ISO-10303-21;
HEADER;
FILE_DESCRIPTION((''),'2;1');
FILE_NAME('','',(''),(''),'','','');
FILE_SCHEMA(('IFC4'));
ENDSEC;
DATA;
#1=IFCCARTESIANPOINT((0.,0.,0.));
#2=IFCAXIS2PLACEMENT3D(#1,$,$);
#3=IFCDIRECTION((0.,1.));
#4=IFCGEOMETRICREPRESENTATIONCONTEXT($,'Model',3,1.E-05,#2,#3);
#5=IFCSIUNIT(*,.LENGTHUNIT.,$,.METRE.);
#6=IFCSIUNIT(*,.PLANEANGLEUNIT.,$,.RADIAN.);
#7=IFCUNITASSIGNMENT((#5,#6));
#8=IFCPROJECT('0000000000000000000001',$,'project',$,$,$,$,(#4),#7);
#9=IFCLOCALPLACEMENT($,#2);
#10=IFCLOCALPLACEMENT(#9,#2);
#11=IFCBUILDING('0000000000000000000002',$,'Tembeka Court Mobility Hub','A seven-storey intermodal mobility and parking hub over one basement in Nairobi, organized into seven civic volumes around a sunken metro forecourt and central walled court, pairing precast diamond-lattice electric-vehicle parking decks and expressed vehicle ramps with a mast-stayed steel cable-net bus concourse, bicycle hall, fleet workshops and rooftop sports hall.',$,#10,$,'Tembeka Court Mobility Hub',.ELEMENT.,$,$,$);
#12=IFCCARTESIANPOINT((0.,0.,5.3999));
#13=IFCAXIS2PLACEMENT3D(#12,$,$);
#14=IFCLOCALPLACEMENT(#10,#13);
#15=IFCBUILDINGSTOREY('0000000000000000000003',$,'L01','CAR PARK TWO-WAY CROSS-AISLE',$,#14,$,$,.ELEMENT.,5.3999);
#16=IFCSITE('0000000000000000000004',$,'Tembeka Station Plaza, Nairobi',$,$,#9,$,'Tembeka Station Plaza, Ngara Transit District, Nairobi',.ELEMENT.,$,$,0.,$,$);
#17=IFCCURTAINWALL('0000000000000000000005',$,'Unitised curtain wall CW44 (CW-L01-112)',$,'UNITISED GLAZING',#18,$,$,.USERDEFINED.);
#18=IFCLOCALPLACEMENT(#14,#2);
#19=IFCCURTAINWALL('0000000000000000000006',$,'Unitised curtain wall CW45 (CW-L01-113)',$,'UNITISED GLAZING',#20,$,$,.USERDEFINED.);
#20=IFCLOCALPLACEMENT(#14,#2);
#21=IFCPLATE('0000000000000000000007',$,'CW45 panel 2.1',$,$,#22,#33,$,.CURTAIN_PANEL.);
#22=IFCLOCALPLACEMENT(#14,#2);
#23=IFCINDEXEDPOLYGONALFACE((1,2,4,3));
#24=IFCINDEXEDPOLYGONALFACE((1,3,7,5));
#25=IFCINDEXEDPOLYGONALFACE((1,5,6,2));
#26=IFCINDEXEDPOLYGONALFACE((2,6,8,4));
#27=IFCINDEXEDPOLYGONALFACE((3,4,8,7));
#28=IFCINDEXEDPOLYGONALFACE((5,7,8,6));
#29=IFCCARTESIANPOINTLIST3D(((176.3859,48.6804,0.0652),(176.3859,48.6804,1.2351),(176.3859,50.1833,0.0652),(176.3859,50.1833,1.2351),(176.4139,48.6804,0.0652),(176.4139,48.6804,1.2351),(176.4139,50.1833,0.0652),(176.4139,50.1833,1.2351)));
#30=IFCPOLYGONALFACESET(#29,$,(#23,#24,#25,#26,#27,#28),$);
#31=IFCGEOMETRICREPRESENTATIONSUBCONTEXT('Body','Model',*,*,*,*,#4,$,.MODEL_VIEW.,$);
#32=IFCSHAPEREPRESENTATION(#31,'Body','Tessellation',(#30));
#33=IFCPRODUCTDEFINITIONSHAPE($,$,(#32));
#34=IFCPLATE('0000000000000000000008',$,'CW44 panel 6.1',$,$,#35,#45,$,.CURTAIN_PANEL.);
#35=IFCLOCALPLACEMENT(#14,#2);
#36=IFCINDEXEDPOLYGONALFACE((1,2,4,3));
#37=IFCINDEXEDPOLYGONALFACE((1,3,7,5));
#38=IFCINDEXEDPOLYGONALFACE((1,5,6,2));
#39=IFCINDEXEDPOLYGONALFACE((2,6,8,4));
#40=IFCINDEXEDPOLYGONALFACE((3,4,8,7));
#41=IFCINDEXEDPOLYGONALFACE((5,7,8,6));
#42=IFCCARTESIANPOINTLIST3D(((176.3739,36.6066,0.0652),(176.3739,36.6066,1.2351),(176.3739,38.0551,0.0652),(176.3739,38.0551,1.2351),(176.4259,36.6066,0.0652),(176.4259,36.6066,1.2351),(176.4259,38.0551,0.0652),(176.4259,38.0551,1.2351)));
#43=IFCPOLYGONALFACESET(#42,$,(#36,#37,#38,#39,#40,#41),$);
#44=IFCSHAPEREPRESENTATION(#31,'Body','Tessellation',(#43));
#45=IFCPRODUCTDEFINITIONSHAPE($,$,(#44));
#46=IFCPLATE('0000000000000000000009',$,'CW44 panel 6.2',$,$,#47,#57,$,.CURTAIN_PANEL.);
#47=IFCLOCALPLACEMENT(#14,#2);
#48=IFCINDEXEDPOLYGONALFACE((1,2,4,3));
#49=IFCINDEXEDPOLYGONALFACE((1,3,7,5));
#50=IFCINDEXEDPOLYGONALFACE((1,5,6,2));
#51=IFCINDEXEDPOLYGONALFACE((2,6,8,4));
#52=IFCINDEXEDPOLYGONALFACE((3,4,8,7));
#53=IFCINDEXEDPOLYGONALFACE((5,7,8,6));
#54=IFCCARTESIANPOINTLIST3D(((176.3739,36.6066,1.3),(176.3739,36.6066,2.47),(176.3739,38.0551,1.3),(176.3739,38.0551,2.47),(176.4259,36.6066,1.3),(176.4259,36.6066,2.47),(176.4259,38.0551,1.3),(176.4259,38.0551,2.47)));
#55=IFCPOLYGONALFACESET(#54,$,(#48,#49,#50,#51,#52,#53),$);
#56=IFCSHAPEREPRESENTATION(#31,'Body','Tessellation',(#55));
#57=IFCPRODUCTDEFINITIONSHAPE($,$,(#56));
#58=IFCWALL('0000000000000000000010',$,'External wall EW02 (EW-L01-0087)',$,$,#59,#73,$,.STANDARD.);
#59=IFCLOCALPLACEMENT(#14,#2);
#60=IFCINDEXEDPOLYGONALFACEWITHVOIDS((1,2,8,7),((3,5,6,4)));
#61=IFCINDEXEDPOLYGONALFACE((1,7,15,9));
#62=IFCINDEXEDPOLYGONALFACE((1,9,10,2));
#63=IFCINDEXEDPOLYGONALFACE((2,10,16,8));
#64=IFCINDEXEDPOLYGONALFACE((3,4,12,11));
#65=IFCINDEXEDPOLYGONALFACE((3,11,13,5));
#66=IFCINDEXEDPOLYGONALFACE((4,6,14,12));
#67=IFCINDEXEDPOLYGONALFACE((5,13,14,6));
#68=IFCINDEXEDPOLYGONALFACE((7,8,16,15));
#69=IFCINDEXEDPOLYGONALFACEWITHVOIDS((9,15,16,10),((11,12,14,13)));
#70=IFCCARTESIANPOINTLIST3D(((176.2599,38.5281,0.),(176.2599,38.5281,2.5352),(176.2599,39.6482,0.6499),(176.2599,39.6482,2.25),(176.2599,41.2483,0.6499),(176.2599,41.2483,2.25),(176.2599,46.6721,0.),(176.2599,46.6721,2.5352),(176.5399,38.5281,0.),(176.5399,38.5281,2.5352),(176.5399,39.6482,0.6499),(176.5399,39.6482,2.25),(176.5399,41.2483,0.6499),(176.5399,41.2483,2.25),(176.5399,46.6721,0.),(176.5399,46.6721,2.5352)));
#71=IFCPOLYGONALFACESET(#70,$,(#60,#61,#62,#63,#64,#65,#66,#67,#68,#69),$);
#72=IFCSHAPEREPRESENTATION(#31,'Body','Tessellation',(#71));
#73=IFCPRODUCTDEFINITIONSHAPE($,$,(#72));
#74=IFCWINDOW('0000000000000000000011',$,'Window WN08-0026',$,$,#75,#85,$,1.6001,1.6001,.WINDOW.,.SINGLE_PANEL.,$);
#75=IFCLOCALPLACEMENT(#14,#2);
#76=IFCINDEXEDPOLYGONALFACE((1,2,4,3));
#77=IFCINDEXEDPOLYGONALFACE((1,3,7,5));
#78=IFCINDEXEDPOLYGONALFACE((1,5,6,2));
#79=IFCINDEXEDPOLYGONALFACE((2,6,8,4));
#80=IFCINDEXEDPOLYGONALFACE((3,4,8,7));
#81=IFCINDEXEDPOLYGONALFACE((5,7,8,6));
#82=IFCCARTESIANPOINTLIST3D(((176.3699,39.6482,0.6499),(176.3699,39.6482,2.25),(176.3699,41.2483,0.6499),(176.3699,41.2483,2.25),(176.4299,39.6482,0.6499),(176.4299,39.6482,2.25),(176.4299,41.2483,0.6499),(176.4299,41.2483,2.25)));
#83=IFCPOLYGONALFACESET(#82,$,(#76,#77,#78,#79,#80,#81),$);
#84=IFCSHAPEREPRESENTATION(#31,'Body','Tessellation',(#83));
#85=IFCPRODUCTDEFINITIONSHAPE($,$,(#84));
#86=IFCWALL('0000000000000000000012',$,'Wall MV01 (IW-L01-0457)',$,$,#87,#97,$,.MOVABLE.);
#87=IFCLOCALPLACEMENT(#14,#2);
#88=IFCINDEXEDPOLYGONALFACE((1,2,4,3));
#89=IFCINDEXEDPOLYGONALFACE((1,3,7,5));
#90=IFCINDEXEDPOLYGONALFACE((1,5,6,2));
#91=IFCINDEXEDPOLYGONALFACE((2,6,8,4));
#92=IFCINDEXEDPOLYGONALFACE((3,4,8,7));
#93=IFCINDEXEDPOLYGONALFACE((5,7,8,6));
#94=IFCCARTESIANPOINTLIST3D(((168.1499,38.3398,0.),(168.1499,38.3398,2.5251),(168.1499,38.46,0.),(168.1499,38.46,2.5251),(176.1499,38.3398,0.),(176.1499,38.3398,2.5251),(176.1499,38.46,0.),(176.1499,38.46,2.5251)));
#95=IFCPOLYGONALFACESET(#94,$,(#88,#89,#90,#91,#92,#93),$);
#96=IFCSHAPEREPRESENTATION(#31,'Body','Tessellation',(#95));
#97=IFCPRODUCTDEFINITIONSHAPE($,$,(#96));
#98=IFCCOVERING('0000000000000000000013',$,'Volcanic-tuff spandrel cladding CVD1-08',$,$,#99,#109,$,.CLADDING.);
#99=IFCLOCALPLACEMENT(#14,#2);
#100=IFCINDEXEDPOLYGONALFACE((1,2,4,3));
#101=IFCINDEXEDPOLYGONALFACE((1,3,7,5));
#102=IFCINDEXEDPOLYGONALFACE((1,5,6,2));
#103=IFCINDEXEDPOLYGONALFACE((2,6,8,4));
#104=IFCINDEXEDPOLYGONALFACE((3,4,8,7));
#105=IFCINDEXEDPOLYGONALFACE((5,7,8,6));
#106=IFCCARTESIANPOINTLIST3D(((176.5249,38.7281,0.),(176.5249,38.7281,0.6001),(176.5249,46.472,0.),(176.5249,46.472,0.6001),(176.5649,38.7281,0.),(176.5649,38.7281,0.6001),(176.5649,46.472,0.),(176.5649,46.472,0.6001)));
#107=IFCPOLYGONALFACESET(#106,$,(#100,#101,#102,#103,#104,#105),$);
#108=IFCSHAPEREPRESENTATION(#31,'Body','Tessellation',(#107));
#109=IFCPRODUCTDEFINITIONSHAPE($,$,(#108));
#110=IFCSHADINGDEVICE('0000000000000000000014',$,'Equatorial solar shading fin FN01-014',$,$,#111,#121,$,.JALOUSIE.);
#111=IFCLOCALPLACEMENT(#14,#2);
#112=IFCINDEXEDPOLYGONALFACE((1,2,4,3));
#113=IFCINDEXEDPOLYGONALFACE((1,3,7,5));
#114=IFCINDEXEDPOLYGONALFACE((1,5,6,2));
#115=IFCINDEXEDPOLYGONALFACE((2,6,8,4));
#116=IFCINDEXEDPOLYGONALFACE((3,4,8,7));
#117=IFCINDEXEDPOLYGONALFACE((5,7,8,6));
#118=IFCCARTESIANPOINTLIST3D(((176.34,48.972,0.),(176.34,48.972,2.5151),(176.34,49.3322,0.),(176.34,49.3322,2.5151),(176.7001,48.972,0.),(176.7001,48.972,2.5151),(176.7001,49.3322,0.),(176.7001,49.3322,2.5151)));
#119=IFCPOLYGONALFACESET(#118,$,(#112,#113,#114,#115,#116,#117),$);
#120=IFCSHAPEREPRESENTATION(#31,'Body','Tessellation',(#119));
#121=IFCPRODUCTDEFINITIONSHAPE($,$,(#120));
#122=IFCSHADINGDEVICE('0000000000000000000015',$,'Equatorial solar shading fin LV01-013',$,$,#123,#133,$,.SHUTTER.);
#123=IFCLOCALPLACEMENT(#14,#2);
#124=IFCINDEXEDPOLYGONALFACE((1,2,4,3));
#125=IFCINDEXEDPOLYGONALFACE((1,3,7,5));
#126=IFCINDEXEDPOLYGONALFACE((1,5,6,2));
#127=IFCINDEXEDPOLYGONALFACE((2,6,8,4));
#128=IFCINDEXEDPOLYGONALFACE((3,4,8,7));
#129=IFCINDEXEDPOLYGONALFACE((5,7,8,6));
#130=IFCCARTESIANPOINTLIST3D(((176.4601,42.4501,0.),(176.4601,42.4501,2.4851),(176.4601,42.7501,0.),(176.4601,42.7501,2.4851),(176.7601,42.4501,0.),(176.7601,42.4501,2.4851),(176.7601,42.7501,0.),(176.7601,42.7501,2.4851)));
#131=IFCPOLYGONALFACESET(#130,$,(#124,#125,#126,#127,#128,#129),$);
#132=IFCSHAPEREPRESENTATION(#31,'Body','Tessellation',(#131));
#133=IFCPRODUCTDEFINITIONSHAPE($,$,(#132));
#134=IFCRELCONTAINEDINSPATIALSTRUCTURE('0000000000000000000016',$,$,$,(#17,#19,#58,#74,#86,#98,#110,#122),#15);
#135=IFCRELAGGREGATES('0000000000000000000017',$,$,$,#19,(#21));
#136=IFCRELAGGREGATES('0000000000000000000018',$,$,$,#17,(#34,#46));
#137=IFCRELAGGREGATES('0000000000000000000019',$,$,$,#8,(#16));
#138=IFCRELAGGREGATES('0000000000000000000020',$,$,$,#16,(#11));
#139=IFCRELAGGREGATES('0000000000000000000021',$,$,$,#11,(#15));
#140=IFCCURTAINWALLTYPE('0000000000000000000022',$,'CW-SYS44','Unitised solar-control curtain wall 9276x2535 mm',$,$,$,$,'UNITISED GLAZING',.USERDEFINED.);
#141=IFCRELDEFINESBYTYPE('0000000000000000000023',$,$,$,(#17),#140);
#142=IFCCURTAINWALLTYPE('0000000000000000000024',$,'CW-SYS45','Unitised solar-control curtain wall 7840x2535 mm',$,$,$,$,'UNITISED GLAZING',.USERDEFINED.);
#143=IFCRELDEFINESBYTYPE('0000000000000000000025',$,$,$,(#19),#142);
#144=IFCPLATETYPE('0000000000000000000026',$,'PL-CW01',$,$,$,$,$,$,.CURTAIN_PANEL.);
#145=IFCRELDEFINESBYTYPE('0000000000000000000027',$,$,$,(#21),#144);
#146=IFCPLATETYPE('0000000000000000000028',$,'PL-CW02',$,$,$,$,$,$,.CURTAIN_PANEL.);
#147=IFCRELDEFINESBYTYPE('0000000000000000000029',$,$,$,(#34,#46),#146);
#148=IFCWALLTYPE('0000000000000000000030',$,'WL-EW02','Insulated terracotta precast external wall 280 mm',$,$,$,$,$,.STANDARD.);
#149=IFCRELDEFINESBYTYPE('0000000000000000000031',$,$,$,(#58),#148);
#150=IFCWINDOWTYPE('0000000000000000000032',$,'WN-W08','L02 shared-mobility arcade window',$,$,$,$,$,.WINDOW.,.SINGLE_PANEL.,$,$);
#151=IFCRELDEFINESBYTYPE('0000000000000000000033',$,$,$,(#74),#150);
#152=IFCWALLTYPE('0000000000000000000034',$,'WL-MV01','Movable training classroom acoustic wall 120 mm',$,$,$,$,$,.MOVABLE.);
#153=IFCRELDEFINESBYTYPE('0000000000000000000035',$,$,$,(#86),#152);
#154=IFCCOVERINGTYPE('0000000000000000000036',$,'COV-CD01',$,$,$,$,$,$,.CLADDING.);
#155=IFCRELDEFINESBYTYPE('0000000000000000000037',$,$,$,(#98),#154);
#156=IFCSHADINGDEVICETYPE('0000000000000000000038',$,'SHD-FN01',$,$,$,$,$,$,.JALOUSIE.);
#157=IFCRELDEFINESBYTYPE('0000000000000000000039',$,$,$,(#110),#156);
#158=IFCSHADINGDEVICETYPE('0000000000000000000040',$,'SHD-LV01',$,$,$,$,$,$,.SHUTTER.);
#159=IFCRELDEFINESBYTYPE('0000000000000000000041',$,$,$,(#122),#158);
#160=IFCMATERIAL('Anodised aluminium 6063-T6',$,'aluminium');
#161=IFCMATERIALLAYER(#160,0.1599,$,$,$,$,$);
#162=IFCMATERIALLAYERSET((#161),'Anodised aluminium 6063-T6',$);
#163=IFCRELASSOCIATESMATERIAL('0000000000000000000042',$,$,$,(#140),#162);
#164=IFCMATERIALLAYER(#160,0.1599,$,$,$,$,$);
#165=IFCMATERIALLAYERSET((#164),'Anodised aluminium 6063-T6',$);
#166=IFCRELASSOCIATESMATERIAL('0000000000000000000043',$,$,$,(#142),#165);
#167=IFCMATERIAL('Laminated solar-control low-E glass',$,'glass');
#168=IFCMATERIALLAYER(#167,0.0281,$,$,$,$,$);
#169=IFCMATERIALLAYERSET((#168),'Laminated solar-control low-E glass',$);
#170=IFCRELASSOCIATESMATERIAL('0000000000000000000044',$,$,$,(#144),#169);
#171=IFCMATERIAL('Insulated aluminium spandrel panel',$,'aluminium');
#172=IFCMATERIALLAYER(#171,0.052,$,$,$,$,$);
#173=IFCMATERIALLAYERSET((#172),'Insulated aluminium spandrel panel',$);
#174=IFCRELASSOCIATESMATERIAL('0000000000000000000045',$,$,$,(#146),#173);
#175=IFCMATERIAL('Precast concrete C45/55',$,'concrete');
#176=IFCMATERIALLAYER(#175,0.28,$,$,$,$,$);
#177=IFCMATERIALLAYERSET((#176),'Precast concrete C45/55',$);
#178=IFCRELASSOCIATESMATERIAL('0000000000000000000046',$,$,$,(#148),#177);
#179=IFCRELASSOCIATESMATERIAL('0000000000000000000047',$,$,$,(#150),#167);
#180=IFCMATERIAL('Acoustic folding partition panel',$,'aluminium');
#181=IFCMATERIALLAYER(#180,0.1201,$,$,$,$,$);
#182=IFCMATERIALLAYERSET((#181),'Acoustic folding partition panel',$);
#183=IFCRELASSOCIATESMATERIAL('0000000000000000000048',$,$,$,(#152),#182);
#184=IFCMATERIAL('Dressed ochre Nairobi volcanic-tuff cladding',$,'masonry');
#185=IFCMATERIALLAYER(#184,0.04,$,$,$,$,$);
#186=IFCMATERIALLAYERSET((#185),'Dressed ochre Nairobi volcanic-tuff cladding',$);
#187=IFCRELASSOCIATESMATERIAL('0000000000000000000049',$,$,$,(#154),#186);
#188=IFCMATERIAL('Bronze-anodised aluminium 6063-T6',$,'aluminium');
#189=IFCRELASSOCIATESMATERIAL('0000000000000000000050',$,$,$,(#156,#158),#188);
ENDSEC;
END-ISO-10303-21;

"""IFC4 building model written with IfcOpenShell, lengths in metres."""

from ifc_helpers import new_model, si_unit, direction, frame, frame_2d, origin, origin_2d, place, context, subcontext, project, spatial, rectangle, extrude, material, layer, layer_set, material_profile, profile_set, type_object, element, fill, aggregate, save


model = new_model("IFC4")

# Units and contexts
model_context = context("Model", 3, precision=1e-05, world=origin(), true_north=direction((0.0, 1.0)))
body_context = subcontext(model_context, "Body", "Model", "MODEL_VIEW")
ifc_project = project(units=[si_unit("LENGTHUNIT", "METRE"), si_unit("PLANEANGLEUNIT", "RADIAN")], contexts=[model_context])

# Site, building, storey
site_placement = place(None, origin())
site = spatial("IfcSite", under=ifc_project, at=site_placement, Name="Tembeka Station Plaza, Nairobi", LongName="Tembeka Station Plaza, Ngara Transit District, Nairobi", CompositionType="ELEMENT", RefElevation=0.0)
building_placement = place(site_placement, origin())
building = spatial("IfcBuilding", under=site, at=building_placement, Name="Tembeka Court Mobility Hub", Description="A seven-storey intermodal mobility and parking hub over one basement in Nairobi, organized into seven civic volumes around a sunken metro forecourt and central walled court, pairing precast diamond-lattice electric-vehicle parking decks and expressed vehicle ramps with a mast-stayed steel cable-net bus concourse, bicycle hall, fleet workshops and rooftop sports hall.", LongName="Tembeka Court Mobility Hub", CompositionType="ELEMENT")
storey_placement = place(building_placement, frame((0.0, 0.0, 5.3999)))
storey = spatial("IfcBuildingStorey", under=building, at=storey_placement, Name="L01", Description="CAR PARK TWO-WAY CROSS-AISLE", CompositionType="ELEMENT", Elevation=5.3999)

# Curtain wall
ifc_material_1 = material(Name="Anodised aluminium 6063-T6", Category="aluminium")
ifc_layer_1 = layer(ifc_material_1, 0.1599)
ifc_layer_set_1 = layer_set([ifc_layer_1], Name="Anodised aluminium 6063-T6")
curtain_wall_type_1 = type_object("IfcCurtainWallType", Name="CW-SYS44", Description="Unitised solar-control curtain wall 9276x2535 mm", ElementType="UNITISED GLAZING", PredefinedType="USERDEFINED", material=ifc_layer_set_1)
curtain_wall_1_placement = place(storey_placement, origin())
curtain_wall_1 = element("IfcCurtainWall", 1, at=curtain_wall_1_placement, inside=storey, type_object=curtain_wall_type_1, Name="Unitised curtain wall CW44 (CW-L01-112)", ObjectType="UNITISED GLAZING", PredefinedType="USERDEFINED")

# Curtain wall
ifc_layer_2 = layer(ifc_material_1, 0.1599)
ifc_layer_set_2 = layer_set([ifc_layer_2], Name="Anodised aluminium 6063-T6")
curtain_wall_type_2 = type_object("IfcCurtainWallType", Name="CW-SYS45", Description="Unitised solar-control curtain wall 7840x2535 mm", ElementType="UNITISED GLAZING", PredefinedType="USERDEFINED", material=ifc_layer_set_2)
curtain_wall_2_placement = place(storey_placement, origin())
curtain_wall_2 = element("IfcCurtainWall", 2, at=curtain_wall_2_placement, inside=storey, type_object=curtain_wall_type_2, Name="Unitised curtain wall CW45 (CW-L01-113)", ObjectType="UNITISED GLAZING", PredefinedType="USERDEFINED")

# Plates
ifc_material_2 = material(Name="Laminated solar-control low-E glass", Category="glass")
ifc_layer_3 = layer(ifc_material_2, 0.0281)
ifc_layer_set_3 = layer_set([ifc_layer_3], Name="Laminated solar-control low-E glass")
plate_type_1 = type_object("IfcPlateType", Name="PL-CW01", PredefinedType="CURTAIN_PANEL", material=ifc_layer_set_3)
plate_1_placement = place(storey_placement, frame((176.3999, 49.4319, 0.0652), z_axis=(0.0, 0.0, 1.0), x_axis=(0.0, 1.0, 0.0)))
plate_1 = element("IfcPlate", 3, at=plate_1_placement, type_object=plate_type_1, Name="CW45 panel 2.1", PredefinedType="CURTAIN_PANEL", context=body_context, shape_type="SweptSolid", body=[
    extrude(rectangle(XDim=1.5029, YDim=0.0281, at=origin_2d()), origin(), (0.0, 0.0, 1.0), 1.1699),
])
aggregate(curtain_wall_2, [plate_1])
ifc_material_3 = material(Name="Insulated aluminium spandrel panel", Category="aluminium")
ifc_layer_4 = layer(ifc_material_3, 0.052)
ifc_layer_set_4 = layer_set([ifc_layer_4], Name="Insulated aluminium spandrel panel")
plate_type_2 = type_object("IfcPlateType", Name="PL-CW02", PredefinedType="CURTAIN_PANEL", material=ifc_layer_set_4)
plate_2_placement = place(storey_placement, frame((176.3999, 37.3308, 0.0652), z_axis=(0.0, 0.0, 1.0), x_axis=(0.0, 1.0, 0.0)))
plate_2 = element("IfcPlate", 4, at=plate_2_placement, type_object=plate_type_2, Name="CW44 panel 6.1", PredefinedType="CURTAIN_PANEL", context=body_context, shape_type="SweptSolid", body=[
    extrude(rectangle(XDim=1.4485, YDim=0.052, at=origin_2d()), origin(), (0.0, 0.0, 1.0), 1.1699),
])
plate_3_placement = place(storey_placement, frame((176.3999, 37.3308, 1.3), z_axis=(0.0, 0.0, 1.0), x_axis=(0.0, 1.0, 0.0)))
plate_3 = element("IfcPlate", 5, at=plate_3_placement, type_object=plate_type_2, Name="CW44 panel 6.2", PredefinedType="CURTAIN_PANEL", context=body_context, shape_type="SweptSolid", body=[
    extrude(rectangle(XDim=1.4485, YDim=0.052, at=origin_2d()), origin(), (0.0, 0.0, 1.0), 1.1699),
])
aggregate(curtain_wall_1, [plate_2, plate_3])

# Wall, opening, window
ifc_material_4 = material(Name="Precast concrete C45/55", Category="concrete")
ifc_layer_5 = layer(ifc_material_4, 0.28)
ifc_layer_set_5 = layer_set([ifc_layer_5], Name="Precast concrete C45/55")
wall_type_1 = type_object("IfcWallType", Name="WL-EW02", Description="Insulated terracotta precast external wall 280 mm", PredefinedType="STANDARD", material=ifc_layer_set_5)
wall_1_placement = place(storey_placement, frame((176.3999, 38.5281, 0.0), z_axis=(0.0, 0.0, 1.0), x_axis=(0.0, 1.0, 0.0)))
wall_1 = element("IfcWall", 6, at=wall_1_placement, inside=storey, type_object=wall_type_1, Name="External wall EW02 (EW-L01-0087)", PredefinedType="STANDARD", context=body_context, shape_type="SweptSolid", body=[
    extrude(rectangle(XDim=8.144, YDim=0.28, at=frame_2d((4.072, 0.0))), origin(), (0.0, 0.0, 1.0), 2.5352),
])
opening_placement = place(wall_1_placement, frame((1.1201, 0.0, 0.6499)))
opening = element("IfcOpeningElement", 7, at=opening_placement, cuts=wall_1, PredefinedType="OPENING", context=body_context, shape_type="SweptSolid", body=[
    extrude(rectangle(XDim=1.6001, YDim=1.6001, at=frame_2d((0.8, 0.8))), frame((0.0, 0.1499, 0.0), z_axis=(0.0, -1.0, 0.0), x_axis=(1.0, 0.0, 0.0)), (0.0, 0.0, 1.0), 0.3),
])
window_type = type_object("IfcWindowType", Name="WN-W08", Description="L02 shared-mobility arcade window", PartitioningType="SINGLE_PANEL", PredefinedType="WINDOW", material=ifc_material_2)
window_placement = place(opening_placement, origin())
window = element("IfcWindow", 8, at=window_placement, inside=storey, type_object=window_type, Name="Window WN08-0026", OverallHeight=1.6001, OverallWidth=1.6001, PartitioningType="SINGLE_PANEL", PredefinedType="WINDOW", context=body_context, shape_type="SweptSolid", body=[
    extrude(rectangle(XDim=1.6001, YDim=1.6001, at=frame_2d((0.8, 0.8))), frame((0.0, 0.03, 0.0), z_axis=(0.0, -1.0, 0.0), x_axis=(1.0, 0.0, 0.0)), (0.0, 0.0, 1.0), 0.0601),
])
fill(opening, window)

# Wall
ifc_material_5 = material(Name="Acoustic folding partition panel", Category="aluminium")
ifc_layer_6 = layer(ifc_material_5, 0.1201)
ifc_layer_set_6 = layer_set([ifc_layer_6], Name="Acoustic folding partition panel")
wall_type_2 = type_object("IfcWallType", Name="WL-MV01", Description="Movable training classroom acoustic wall 120 mm", PredefinedType="MOVABLE", material=ifc_layer_set_6)
wall_2_placement = place(storey_placement, frame((168.1499, 38.3999, 0.0), z_axis=(0.0, 0.0, 1.0), x_axis=(1.0, 0.0, 0.0)))
element("IfcWall", 9, at=wall_2_placement, inside=storey, type_object=wall_type_2, Name="Wall MV01 (IW-L01-0457)", PredefinedType="MOVABLE", context=body_context, shape_type="SweptSolid", body=[
    extrude(rectangle(XDim=8.0, YDim=0.1201, at=frame_2d((4.0, 0.0))), origin(), (0.0, 0.0, 1.0), 2.5251),
])

# Covering
ifc_material_6 = material(Name="Dressed ochre Nairobi volcanic-tuff cladding", Category="masonry")
ifc_layer_7 = layer(ifc_material_6, 0.04)
ifc_layer_set_7 = layer_set([ifc_layer_7], Name="Dressed ochre Nairobi volcanic-tuff cladding")
covering_type = type_object("IfcCoveringType", Name="COV-CD01", PredefinedType="CLADDING", material=ifc_layer_set_7)
covering_placement = place(storey_placement, frame((176.5449, 42.6001, 0.0), z_axis=(0.0, 0.0, 1.0), x_axis=(0.0, 1.0, 0.0)))
element("IfcCovering", 10, at=covering_placement, inside=storey, type_object=covering_type, Name="Volcanic-tuff spandrel cladding CVD1-08", PredefinedType="CLADDING", context=body_context, shape_type="SweptSolid", body=[
    extrude(rectangle(XDim=7.7439, YDim=0.04, at=origin_2d()), origin(), (0.0, 0.0, 1.0), 0.6001),
])

# Shading devices
ifc_material_7 = material(Name="Bronze-anodised aluminium 6063-T6", Category="aluminium")
ifc_material_profile_1 = material_profile(ifc_material_7, rectangle(XDim=0.3601, YDim=0.3601, at=origin_2d()), Name="ALU-FIN 360x360")
ifc_profile_set_1 = profile_set([ifc_material_profile_1], Name="Bronze-anodised aluminium 6063-T6")
shading_device_type_1 = type_object("IfcShadingDeviceType", Name="SHD-FN01", PredefinedType="JALOUSIE", material=ifc_profile_set_1)
shading_device_1_placement = place(storey_placement, frame((176.52, 49.1521, 0.0), z_axis=(0.0, 0.0, 1.0), x_axis=(1.0, 0.0, 0.0)))
element("IfcShadingDevice", 11, at=shading_device_1_placement, inside=storey, type_object=shading_device_type_1, Name="Equatorial solar shading fin FN01-014", PredefinedType="JALOUSIE", context=body_context, shape_type="SweptSolid", body=[
    extrude(rectangle(XDim=0.3601, YDim=0.3601, at=origin_2d()), origin(), (0.0, 0.0, 1.0), 2.5151),
])
ifc_material_profile_2 = material_profile(ifc_material_7, rectangle(XDim=0.3, YDim=0.3, at=origin_2d()), Name="ALU-LVR 300x300")
ifc_profile_set_2 = profile_set([ifc_material_profile_2], Name="Bronze-anodised aluminium 6063-T6")
shading_device_type_2 = type_object("IfcShadingDeviceType", Name="SHD-LV01", PredefinedType="SHUTTER", material=ifc_profile_set_2)
shading_device_2_placement = place(storey_placement, frame((176.6101, 42.6001, 0.0), z_axis=(0.0, 0.0, 1.0), x_axis=(1.0, 0.0, 0.0)))
element("IfcShadingDevice", 12, at=shading_device_2_placement, inside=storey, type_object=shading_device_type_2, Name="Equatorial solar shading fin LV01-013", PredefinedType="SHUTTER", context=body_context, shape_type="SweptSolid", body=[
    extrude(rectangle(XDim=0.3, YDim=0.3, at=origin_2d()), origin(), (0.0, 0.0, 1.0), 2.4851),
])

save(model, "model.ifc")
